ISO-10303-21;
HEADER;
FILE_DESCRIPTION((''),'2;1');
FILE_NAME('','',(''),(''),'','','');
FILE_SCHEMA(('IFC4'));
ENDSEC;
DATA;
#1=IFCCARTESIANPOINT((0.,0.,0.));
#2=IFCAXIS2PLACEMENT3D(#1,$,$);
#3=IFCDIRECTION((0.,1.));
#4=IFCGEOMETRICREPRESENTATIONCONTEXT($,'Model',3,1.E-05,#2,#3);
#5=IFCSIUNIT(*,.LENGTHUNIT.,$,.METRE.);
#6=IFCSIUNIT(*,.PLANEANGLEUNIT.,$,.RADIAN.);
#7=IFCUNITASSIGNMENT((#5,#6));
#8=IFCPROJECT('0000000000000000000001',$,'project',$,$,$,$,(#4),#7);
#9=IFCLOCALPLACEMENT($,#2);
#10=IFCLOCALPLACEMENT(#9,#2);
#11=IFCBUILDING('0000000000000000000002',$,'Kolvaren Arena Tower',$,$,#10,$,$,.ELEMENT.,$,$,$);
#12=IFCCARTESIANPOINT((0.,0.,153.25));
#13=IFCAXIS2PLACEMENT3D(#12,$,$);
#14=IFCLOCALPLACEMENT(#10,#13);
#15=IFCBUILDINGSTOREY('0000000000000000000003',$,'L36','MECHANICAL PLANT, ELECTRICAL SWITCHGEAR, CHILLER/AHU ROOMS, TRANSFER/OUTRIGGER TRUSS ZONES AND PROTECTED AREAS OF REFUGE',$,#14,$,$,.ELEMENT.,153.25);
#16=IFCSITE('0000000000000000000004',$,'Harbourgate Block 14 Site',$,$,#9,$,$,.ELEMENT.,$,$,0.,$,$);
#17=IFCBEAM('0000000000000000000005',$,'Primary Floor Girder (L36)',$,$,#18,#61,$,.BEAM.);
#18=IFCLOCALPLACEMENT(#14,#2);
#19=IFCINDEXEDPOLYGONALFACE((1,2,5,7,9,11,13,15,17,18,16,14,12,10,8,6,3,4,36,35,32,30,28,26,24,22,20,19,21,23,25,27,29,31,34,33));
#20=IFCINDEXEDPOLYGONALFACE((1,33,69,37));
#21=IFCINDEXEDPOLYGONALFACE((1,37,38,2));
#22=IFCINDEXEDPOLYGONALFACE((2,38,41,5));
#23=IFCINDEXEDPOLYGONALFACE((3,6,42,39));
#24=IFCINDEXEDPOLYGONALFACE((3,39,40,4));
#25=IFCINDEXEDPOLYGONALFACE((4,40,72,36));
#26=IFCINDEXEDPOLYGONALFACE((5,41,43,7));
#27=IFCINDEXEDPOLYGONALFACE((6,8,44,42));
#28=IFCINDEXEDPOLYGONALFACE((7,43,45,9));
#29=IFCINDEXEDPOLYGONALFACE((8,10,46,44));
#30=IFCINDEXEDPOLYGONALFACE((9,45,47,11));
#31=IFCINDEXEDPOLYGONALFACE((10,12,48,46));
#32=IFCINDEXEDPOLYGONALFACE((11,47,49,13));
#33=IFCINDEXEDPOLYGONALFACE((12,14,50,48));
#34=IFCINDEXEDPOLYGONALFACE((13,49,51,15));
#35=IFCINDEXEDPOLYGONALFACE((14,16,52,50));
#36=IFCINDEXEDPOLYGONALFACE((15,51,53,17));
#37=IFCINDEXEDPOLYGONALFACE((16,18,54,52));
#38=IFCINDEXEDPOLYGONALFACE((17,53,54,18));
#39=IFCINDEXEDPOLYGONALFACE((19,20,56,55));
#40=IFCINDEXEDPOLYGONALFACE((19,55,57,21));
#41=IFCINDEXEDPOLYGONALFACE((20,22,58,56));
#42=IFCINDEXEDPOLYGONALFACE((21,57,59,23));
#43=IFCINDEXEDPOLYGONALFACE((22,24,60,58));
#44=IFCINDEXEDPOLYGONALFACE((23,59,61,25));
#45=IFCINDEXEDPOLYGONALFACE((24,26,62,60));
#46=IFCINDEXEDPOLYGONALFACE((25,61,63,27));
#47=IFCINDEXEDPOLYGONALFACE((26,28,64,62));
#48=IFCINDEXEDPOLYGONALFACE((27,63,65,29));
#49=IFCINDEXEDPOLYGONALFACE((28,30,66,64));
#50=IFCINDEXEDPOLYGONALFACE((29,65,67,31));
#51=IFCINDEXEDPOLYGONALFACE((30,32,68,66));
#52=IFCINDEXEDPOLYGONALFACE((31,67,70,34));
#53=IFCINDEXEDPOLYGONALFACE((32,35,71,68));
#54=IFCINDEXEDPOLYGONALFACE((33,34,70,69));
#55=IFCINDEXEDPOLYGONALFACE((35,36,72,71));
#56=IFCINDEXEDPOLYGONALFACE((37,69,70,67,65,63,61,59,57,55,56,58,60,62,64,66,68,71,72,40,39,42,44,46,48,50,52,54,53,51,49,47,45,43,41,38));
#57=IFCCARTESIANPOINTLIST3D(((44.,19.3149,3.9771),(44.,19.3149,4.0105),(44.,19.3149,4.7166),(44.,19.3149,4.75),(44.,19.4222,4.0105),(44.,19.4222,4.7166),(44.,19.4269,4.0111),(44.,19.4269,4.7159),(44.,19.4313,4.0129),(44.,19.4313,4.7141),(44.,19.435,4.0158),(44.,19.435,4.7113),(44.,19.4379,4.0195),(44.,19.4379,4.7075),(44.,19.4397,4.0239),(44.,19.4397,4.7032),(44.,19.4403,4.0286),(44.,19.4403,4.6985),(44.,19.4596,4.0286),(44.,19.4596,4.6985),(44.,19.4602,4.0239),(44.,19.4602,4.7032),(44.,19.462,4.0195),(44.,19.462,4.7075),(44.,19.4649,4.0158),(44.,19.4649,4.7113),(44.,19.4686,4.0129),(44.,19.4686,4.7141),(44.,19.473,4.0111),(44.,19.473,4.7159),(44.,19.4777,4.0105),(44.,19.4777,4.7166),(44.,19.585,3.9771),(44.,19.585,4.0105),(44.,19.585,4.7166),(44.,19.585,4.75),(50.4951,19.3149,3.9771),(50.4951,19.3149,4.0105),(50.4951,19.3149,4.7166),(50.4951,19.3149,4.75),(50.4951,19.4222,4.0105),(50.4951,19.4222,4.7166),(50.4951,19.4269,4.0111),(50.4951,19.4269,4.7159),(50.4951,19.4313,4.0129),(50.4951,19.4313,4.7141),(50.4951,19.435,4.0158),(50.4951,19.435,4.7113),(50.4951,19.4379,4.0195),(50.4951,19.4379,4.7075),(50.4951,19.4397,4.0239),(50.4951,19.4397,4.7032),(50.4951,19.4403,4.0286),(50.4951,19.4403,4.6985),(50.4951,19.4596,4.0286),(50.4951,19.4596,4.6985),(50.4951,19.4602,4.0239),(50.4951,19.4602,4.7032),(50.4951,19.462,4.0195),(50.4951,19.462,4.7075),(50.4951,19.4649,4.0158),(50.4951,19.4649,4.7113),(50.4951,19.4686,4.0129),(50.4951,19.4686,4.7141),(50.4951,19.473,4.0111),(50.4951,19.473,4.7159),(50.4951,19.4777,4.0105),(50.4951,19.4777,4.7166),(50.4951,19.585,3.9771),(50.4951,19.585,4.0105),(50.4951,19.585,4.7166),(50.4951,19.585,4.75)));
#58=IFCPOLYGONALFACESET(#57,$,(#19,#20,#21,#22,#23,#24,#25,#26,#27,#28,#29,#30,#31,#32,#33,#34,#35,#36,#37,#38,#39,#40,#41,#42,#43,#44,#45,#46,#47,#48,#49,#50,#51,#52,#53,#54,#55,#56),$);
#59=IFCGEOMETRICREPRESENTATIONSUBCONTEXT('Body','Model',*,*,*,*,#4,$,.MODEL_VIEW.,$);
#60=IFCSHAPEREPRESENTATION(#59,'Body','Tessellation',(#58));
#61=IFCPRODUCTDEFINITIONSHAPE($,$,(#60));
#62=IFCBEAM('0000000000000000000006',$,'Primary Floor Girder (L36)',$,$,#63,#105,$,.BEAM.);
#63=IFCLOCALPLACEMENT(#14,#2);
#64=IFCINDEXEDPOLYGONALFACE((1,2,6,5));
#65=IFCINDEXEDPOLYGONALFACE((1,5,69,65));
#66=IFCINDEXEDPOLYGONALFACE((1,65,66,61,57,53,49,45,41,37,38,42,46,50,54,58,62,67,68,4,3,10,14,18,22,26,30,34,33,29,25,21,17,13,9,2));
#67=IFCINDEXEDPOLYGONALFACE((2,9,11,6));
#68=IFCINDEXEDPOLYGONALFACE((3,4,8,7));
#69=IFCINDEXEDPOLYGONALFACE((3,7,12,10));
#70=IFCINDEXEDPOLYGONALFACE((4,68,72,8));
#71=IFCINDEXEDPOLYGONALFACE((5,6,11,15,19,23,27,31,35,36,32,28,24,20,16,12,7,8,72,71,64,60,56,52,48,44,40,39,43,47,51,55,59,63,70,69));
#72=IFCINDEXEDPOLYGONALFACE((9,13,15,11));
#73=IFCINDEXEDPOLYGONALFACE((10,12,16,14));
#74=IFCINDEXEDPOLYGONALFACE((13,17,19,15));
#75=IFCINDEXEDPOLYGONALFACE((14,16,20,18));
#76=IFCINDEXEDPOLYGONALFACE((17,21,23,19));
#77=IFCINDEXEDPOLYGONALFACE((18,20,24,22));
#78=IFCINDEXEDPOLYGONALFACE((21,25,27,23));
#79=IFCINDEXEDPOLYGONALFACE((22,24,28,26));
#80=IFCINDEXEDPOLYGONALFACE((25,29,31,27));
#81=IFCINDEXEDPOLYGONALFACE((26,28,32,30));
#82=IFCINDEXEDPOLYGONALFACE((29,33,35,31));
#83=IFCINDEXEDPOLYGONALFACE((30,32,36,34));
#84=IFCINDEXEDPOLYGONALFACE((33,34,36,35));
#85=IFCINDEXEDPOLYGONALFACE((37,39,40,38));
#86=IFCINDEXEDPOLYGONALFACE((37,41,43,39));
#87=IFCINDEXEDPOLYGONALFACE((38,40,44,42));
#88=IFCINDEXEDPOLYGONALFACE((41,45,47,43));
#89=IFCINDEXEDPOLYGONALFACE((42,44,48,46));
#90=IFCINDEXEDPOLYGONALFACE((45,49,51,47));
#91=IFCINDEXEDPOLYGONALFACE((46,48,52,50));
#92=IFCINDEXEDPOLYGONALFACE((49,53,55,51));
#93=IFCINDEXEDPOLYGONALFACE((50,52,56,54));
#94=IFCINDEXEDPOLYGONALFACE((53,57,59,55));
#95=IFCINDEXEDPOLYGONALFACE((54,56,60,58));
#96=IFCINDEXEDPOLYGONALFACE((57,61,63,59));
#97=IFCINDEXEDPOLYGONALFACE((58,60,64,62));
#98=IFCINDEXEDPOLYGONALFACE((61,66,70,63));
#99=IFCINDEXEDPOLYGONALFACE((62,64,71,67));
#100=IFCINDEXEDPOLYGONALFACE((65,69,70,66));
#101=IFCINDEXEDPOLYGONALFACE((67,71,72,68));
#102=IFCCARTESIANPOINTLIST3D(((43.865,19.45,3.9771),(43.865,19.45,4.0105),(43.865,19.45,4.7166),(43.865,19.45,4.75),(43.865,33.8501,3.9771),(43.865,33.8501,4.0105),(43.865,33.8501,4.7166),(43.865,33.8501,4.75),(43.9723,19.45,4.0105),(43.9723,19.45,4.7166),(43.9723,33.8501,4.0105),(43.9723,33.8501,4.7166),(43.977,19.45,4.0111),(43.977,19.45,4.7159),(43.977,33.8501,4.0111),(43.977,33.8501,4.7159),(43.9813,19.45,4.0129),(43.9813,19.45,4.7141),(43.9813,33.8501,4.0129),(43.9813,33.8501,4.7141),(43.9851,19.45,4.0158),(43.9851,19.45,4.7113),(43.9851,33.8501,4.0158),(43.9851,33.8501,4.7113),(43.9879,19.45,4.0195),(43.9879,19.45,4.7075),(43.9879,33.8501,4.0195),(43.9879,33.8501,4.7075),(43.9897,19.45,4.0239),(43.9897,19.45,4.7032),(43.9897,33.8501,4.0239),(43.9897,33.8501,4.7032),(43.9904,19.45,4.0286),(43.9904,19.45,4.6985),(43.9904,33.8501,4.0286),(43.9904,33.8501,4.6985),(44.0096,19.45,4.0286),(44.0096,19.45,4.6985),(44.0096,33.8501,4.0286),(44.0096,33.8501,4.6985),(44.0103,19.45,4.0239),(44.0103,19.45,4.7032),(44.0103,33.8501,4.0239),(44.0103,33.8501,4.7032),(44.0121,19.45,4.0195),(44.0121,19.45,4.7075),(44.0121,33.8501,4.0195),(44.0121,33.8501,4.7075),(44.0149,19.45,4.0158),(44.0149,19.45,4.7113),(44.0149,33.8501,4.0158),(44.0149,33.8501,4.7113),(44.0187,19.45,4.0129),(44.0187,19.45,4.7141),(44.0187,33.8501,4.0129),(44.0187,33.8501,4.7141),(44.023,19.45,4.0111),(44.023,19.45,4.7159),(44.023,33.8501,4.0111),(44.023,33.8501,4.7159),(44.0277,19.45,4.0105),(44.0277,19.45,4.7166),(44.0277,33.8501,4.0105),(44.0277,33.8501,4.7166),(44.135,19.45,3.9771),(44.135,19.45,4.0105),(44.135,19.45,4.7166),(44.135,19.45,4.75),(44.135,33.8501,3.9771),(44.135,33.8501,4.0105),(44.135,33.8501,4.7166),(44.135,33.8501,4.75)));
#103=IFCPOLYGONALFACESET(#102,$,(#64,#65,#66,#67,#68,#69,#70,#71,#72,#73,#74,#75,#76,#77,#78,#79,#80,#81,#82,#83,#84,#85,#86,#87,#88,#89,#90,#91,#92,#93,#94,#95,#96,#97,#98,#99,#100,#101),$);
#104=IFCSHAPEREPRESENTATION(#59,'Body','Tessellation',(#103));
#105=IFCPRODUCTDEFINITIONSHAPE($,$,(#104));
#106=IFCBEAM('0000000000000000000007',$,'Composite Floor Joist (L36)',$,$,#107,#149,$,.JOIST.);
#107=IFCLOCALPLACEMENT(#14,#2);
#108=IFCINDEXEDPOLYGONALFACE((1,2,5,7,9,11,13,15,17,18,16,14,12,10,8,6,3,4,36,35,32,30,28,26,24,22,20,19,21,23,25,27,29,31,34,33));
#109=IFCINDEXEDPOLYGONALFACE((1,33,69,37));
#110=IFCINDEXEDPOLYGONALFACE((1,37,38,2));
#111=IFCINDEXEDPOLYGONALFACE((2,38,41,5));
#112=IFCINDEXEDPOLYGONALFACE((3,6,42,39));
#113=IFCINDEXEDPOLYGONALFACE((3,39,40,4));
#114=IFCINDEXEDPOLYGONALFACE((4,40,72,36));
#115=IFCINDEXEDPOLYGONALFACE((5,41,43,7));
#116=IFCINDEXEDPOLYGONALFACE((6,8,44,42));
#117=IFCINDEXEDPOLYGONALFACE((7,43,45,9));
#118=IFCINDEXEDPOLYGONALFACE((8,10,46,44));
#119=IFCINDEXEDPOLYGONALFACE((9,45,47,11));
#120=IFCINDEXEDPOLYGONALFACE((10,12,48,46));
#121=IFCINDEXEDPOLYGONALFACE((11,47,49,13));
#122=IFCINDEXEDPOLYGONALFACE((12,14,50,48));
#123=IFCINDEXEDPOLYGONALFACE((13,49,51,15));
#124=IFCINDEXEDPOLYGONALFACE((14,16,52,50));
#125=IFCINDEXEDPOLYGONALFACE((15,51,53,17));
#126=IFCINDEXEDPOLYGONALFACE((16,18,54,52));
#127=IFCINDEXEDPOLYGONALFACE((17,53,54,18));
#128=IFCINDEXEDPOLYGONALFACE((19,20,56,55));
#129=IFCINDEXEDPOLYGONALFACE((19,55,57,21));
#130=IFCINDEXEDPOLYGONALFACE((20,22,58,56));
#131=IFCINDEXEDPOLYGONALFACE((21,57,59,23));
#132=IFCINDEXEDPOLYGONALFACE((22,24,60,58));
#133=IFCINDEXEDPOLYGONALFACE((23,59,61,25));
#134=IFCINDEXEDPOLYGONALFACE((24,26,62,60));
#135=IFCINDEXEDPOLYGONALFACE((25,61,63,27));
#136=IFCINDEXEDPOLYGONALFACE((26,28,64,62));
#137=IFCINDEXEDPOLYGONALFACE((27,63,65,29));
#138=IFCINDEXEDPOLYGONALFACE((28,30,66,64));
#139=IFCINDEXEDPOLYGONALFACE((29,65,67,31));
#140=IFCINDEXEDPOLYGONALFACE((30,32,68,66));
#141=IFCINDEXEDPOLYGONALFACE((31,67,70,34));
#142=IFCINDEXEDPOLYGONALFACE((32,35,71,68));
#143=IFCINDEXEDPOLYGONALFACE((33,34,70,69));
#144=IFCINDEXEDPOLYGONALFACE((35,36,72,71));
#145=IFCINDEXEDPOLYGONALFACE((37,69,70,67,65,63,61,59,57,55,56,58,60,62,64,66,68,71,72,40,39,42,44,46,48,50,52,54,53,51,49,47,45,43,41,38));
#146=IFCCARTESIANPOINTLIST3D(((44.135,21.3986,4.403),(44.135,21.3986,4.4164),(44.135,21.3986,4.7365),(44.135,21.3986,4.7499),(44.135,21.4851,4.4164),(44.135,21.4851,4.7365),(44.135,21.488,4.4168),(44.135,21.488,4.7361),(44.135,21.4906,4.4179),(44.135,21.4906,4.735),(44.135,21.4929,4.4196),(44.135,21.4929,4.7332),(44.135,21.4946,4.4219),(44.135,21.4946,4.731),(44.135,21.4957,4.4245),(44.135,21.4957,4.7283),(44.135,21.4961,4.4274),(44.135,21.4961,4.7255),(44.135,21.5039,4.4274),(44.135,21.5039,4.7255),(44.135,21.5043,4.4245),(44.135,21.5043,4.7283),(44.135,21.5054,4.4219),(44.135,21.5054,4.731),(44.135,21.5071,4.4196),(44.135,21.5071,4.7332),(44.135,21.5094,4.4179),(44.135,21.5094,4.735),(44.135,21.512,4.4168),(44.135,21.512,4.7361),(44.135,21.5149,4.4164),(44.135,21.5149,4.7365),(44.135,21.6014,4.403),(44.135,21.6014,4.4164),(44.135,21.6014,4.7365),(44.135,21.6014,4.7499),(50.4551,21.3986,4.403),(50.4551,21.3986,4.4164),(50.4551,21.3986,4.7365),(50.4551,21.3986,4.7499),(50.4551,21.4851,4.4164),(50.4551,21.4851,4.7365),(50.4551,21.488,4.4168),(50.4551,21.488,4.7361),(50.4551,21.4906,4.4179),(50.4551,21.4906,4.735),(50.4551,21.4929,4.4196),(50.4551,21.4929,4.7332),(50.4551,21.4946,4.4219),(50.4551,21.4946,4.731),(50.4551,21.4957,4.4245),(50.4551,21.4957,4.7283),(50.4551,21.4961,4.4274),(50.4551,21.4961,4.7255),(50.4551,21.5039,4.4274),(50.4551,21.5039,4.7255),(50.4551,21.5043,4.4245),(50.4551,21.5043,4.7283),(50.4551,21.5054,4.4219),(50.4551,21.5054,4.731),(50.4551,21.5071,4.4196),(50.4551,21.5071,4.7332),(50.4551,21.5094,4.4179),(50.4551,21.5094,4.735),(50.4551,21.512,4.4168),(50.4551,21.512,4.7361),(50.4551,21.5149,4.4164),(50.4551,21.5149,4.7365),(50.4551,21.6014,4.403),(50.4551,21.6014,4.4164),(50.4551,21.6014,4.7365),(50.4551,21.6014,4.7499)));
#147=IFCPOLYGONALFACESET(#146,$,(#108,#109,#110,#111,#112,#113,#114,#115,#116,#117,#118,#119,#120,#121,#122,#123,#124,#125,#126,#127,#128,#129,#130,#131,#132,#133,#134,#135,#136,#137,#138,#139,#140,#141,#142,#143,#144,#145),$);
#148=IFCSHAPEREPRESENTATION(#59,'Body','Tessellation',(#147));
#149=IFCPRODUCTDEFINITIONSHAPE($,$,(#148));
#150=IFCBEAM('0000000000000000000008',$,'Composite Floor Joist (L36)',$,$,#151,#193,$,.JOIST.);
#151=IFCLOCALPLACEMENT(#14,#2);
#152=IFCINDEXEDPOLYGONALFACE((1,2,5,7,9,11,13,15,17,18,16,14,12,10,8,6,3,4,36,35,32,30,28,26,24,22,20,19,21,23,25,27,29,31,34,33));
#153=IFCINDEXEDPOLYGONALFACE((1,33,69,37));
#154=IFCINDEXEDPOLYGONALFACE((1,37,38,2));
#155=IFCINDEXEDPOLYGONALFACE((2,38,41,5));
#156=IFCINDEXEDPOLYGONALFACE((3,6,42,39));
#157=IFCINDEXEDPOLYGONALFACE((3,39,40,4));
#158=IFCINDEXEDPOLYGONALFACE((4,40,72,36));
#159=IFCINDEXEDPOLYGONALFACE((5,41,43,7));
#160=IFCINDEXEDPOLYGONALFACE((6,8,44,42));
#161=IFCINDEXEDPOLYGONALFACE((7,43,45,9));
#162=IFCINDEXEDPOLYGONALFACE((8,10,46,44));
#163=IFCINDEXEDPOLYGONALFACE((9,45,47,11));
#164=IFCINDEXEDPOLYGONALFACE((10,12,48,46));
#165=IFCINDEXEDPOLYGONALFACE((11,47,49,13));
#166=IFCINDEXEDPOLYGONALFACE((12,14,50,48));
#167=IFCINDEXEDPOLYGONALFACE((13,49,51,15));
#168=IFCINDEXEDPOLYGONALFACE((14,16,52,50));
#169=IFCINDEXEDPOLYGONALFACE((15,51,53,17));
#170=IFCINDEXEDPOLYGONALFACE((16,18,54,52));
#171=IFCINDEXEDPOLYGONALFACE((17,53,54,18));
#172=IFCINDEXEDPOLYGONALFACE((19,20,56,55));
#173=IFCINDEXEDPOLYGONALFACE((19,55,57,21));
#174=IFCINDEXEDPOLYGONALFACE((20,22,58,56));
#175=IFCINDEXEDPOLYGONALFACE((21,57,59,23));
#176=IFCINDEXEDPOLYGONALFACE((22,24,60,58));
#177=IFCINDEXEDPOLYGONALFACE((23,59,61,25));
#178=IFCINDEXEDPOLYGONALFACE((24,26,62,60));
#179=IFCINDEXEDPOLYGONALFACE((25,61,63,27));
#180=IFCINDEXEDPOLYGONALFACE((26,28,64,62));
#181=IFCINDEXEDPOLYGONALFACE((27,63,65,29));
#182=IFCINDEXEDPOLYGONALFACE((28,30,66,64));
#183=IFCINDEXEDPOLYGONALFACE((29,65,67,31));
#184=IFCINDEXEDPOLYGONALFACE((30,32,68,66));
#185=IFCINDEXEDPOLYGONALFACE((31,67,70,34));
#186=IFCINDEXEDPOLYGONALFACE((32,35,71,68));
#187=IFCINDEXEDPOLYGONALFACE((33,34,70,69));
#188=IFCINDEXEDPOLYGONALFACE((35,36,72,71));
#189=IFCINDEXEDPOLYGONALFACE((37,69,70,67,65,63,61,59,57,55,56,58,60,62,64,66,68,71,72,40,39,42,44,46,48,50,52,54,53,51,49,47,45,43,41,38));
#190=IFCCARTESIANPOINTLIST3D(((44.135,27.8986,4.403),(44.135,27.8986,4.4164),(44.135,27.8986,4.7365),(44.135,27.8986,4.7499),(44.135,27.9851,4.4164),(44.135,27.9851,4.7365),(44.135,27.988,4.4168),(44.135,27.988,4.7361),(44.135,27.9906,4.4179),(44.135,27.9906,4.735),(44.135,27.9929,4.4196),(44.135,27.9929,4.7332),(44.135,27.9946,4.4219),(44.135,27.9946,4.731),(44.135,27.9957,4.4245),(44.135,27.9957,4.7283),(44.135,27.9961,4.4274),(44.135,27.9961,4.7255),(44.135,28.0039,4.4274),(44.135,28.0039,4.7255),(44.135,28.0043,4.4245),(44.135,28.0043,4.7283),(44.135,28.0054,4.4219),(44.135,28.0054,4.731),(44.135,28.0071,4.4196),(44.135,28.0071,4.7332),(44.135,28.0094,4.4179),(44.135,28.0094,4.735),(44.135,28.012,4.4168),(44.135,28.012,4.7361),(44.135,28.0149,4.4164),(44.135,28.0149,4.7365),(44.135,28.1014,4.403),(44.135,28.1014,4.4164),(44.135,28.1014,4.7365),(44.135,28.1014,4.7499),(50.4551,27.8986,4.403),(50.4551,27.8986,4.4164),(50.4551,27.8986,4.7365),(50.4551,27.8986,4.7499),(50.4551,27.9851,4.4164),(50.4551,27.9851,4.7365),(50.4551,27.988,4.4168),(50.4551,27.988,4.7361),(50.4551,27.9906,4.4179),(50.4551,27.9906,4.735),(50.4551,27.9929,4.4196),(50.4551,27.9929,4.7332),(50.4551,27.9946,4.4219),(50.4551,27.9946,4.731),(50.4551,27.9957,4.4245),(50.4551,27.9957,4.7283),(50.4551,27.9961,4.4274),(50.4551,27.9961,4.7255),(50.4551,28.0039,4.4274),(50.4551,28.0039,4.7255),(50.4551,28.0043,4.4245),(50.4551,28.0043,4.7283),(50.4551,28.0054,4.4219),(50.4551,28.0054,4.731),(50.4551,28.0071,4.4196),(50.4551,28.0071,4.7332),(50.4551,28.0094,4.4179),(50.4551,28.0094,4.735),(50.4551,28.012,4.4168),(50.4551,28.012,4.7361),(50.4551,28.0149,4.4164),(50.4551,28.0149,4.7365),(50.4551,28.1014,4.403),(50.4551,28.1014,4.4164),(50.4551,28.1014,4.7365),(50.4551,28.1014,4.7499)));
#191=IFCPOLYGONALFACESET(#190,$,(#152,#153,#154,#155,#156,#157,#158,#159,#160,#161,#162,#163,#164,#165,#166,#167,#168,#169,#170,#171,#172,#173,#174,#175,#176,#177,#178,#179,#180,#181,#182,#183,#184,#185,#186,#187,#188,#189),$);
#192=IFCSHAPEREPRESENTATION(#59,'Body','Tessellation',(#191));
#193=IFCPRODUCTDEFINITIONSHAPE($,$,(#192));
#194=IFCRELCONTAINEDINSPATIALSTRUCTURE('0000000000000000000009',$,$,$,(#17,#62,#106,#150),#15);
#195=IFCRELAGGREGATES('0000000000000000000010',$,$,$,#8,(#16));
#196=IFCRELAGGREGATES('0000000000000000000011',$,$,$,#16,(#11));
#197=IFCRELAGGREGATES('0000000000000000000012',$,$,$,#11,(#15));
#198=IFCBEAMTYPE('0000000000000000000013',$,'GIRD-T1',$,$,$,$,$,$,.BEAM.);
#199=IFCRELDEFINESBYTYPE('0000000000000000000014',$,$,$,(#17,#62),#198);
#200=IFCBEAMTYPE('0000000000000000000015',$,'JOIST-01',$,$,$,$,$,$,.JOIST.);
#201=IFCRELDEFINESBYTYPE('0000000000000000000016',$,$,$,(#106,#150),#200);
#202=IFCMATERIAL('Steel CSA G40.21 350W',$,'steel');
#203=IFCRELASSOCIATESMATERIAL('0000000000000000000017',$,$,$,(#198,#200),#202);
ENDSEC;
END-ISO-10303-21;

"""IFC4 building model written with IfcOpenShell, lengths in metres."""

from ifc_helpers import new_model, si_unit, direction, frame, origin, origin_2d, place, context, subcontext, project, spatial, i_section, extrude, material, material_profile, profile_set, type_object, element, save


model = new_model("IFC4")

# Units and contexts
model_context = context("Model", 3, precision=1e-05, world=origin(), true_north=direction((0.0, 1.0)))
body_context = subcontext(model_context, "Body", "Model", "MODEL_VIEW")
ifc_project = project(units=[si_unit("LENGTHUNIT", "METRE"), si_unit("PLANEANGLEUNIT", "RADIAN")], contexts=[model_context])

# Site, building, storey
site_placement = place(None, origin())
site = spatial("IfcSite", under=ifc_project, at=site_placement, Name="Harbourgate Block 14 Site", CompositionType="ELEMENT", RefElevation=0.0)
building_placement = place(site_placement, origin())
building = spatial("IfcBuilding", under=site, at=building_placement, Name="Kolvaren Arena Tower", CompositionType="ELEMENT")
storey_placement = place(building_placement, frame((0.0, 0.0, 153.25)))
storey = spatial("IfcBuildingStorey", under=building, at=storey_placement, Name="L36", Description="MECHANICAL PLANT, ELECTRICAL SWITCHGEAR, CHILLER/AHU ROOMS, TRANSFER/OUTRIGGER TRUSS ZONES AND PROTECTED AREAS OF REFUGE", CompositionType="ELEMENT", Elevation=153.25)

# Beams
ifc_material_1 = material(Name="Steel CSA G40.21 350W", Category="steel")
ifc_material_profile_1 = material_profile(ifc_material_1, i_section(OverallWidth=0.27, OverallDepth=0.7729, WebThickness=0.0193, FlangeThickness=0.0334, FilletRadius=0.0181, at=origin_2d()), Name="W760x257")
ifc_profile_set_1 = profile_set([ifc_material_profile_1], Name="Steel CSA G40.21 350W")
beam_type_1 = type_object("IfcBeamType", Name="GIRD-T1", PredefinedType="BEAM", material=ifc_profile_set_1)
beam_1_placement = place(storey_placement, frame((44.0, 19.45, 4.3635), z_axis=(1.0, 0.0, 0.0), x_axis=(0.0, 1.0, 0.0)))
element("IfcBeam", 1, at=beam_1_placement, inside=storey, type_object=beam_type_1, Name="Primary Floor Girder (L36)", PredefinedType="BEAM", context=body_context, shape_type="SweptSolid", body=[
    extrude(i_section(OverallWidth=0.27, OverallDepth=0.7729, WebThickness=0.0193, FlangeThickness=0.0334, FilletRadius=0.0181, at=origin_2d()), origin(), (0.0, 0.0, 1.0), 6.4951),
])
beam_2_placement = place(storey_placement, frame((44.0, 19.45, 4.3635), z_axis=(0.0, 1.0, 0.0), x_axis=(-1.0, 0.0, 0.0)))
element("IfcBeam", 2, at=beam_2_placement, inside=storey, type_object=beam_type_1, Name="Primary Floor Girder (L36)", PredefinedType="BEAM", context=body_context, shape_type="SweptSolid", body=[
    extrude(i_section(OverallWidth=0.27, OverallDepth=0.7729, WebThickness=0.0193, FlangeThickness=0.0334, FilletRadius=0.0181, at=origin_2d()), origin(), (0.0, 0.0, 1.0), 14.4001),
])
ifc_material_profile_2 = material_profile(ifc_material_1, i_section(OverallWidth=0.2029, OverallDepth=0.3469, WebThickness=0.0078, FlangeThickness=0.0134, FilletRadius=0.011, at=origin_2d()), Name="W360x64")
ifc_profile_set_2 = profile_set([ifc_material_profile_2], Name="Steel CSA G40.21 350W")
beam_type_2 = type_object("IfcBeamType", Name="JOIST-01", PredefinedType="JOIST", material=ifc_profile_set_2)
for number, where, z_axis, x_axis, name in (
    (3, (44.135, 21.5, 4.5764), (1.0, 0.0, 0.0), (0.0, 1.0, 0.0), "Composite Floor Joist (L36)"),
    (4, (44.135, 28.0, 4.5764), (1.0, 0.0, 0.0), (0.0, 1.0, 0.0), "Composite Floor Joist (L36)"),
):
    element("IfcBeam", number, at=place(storey_placement, frame(where, z_axis=z_axis, x_axis=x_axis)), inside=storey, type_object=beam_type_2, Name=name, PredefinedType="JOIST", context=body_context, shape_type="SweptSolid", body=[
        extrude(i_section(OverallWidth=0.2029, OverallDepth=0.3469, WebThickness=0.0078, FlangeThickness=0.0134, FilletRadius=0.011, at=origin_2d()), origin(), (0.0, 0.0, 1.0), 6.3201),
    ])

save(model, "model.ifc")
